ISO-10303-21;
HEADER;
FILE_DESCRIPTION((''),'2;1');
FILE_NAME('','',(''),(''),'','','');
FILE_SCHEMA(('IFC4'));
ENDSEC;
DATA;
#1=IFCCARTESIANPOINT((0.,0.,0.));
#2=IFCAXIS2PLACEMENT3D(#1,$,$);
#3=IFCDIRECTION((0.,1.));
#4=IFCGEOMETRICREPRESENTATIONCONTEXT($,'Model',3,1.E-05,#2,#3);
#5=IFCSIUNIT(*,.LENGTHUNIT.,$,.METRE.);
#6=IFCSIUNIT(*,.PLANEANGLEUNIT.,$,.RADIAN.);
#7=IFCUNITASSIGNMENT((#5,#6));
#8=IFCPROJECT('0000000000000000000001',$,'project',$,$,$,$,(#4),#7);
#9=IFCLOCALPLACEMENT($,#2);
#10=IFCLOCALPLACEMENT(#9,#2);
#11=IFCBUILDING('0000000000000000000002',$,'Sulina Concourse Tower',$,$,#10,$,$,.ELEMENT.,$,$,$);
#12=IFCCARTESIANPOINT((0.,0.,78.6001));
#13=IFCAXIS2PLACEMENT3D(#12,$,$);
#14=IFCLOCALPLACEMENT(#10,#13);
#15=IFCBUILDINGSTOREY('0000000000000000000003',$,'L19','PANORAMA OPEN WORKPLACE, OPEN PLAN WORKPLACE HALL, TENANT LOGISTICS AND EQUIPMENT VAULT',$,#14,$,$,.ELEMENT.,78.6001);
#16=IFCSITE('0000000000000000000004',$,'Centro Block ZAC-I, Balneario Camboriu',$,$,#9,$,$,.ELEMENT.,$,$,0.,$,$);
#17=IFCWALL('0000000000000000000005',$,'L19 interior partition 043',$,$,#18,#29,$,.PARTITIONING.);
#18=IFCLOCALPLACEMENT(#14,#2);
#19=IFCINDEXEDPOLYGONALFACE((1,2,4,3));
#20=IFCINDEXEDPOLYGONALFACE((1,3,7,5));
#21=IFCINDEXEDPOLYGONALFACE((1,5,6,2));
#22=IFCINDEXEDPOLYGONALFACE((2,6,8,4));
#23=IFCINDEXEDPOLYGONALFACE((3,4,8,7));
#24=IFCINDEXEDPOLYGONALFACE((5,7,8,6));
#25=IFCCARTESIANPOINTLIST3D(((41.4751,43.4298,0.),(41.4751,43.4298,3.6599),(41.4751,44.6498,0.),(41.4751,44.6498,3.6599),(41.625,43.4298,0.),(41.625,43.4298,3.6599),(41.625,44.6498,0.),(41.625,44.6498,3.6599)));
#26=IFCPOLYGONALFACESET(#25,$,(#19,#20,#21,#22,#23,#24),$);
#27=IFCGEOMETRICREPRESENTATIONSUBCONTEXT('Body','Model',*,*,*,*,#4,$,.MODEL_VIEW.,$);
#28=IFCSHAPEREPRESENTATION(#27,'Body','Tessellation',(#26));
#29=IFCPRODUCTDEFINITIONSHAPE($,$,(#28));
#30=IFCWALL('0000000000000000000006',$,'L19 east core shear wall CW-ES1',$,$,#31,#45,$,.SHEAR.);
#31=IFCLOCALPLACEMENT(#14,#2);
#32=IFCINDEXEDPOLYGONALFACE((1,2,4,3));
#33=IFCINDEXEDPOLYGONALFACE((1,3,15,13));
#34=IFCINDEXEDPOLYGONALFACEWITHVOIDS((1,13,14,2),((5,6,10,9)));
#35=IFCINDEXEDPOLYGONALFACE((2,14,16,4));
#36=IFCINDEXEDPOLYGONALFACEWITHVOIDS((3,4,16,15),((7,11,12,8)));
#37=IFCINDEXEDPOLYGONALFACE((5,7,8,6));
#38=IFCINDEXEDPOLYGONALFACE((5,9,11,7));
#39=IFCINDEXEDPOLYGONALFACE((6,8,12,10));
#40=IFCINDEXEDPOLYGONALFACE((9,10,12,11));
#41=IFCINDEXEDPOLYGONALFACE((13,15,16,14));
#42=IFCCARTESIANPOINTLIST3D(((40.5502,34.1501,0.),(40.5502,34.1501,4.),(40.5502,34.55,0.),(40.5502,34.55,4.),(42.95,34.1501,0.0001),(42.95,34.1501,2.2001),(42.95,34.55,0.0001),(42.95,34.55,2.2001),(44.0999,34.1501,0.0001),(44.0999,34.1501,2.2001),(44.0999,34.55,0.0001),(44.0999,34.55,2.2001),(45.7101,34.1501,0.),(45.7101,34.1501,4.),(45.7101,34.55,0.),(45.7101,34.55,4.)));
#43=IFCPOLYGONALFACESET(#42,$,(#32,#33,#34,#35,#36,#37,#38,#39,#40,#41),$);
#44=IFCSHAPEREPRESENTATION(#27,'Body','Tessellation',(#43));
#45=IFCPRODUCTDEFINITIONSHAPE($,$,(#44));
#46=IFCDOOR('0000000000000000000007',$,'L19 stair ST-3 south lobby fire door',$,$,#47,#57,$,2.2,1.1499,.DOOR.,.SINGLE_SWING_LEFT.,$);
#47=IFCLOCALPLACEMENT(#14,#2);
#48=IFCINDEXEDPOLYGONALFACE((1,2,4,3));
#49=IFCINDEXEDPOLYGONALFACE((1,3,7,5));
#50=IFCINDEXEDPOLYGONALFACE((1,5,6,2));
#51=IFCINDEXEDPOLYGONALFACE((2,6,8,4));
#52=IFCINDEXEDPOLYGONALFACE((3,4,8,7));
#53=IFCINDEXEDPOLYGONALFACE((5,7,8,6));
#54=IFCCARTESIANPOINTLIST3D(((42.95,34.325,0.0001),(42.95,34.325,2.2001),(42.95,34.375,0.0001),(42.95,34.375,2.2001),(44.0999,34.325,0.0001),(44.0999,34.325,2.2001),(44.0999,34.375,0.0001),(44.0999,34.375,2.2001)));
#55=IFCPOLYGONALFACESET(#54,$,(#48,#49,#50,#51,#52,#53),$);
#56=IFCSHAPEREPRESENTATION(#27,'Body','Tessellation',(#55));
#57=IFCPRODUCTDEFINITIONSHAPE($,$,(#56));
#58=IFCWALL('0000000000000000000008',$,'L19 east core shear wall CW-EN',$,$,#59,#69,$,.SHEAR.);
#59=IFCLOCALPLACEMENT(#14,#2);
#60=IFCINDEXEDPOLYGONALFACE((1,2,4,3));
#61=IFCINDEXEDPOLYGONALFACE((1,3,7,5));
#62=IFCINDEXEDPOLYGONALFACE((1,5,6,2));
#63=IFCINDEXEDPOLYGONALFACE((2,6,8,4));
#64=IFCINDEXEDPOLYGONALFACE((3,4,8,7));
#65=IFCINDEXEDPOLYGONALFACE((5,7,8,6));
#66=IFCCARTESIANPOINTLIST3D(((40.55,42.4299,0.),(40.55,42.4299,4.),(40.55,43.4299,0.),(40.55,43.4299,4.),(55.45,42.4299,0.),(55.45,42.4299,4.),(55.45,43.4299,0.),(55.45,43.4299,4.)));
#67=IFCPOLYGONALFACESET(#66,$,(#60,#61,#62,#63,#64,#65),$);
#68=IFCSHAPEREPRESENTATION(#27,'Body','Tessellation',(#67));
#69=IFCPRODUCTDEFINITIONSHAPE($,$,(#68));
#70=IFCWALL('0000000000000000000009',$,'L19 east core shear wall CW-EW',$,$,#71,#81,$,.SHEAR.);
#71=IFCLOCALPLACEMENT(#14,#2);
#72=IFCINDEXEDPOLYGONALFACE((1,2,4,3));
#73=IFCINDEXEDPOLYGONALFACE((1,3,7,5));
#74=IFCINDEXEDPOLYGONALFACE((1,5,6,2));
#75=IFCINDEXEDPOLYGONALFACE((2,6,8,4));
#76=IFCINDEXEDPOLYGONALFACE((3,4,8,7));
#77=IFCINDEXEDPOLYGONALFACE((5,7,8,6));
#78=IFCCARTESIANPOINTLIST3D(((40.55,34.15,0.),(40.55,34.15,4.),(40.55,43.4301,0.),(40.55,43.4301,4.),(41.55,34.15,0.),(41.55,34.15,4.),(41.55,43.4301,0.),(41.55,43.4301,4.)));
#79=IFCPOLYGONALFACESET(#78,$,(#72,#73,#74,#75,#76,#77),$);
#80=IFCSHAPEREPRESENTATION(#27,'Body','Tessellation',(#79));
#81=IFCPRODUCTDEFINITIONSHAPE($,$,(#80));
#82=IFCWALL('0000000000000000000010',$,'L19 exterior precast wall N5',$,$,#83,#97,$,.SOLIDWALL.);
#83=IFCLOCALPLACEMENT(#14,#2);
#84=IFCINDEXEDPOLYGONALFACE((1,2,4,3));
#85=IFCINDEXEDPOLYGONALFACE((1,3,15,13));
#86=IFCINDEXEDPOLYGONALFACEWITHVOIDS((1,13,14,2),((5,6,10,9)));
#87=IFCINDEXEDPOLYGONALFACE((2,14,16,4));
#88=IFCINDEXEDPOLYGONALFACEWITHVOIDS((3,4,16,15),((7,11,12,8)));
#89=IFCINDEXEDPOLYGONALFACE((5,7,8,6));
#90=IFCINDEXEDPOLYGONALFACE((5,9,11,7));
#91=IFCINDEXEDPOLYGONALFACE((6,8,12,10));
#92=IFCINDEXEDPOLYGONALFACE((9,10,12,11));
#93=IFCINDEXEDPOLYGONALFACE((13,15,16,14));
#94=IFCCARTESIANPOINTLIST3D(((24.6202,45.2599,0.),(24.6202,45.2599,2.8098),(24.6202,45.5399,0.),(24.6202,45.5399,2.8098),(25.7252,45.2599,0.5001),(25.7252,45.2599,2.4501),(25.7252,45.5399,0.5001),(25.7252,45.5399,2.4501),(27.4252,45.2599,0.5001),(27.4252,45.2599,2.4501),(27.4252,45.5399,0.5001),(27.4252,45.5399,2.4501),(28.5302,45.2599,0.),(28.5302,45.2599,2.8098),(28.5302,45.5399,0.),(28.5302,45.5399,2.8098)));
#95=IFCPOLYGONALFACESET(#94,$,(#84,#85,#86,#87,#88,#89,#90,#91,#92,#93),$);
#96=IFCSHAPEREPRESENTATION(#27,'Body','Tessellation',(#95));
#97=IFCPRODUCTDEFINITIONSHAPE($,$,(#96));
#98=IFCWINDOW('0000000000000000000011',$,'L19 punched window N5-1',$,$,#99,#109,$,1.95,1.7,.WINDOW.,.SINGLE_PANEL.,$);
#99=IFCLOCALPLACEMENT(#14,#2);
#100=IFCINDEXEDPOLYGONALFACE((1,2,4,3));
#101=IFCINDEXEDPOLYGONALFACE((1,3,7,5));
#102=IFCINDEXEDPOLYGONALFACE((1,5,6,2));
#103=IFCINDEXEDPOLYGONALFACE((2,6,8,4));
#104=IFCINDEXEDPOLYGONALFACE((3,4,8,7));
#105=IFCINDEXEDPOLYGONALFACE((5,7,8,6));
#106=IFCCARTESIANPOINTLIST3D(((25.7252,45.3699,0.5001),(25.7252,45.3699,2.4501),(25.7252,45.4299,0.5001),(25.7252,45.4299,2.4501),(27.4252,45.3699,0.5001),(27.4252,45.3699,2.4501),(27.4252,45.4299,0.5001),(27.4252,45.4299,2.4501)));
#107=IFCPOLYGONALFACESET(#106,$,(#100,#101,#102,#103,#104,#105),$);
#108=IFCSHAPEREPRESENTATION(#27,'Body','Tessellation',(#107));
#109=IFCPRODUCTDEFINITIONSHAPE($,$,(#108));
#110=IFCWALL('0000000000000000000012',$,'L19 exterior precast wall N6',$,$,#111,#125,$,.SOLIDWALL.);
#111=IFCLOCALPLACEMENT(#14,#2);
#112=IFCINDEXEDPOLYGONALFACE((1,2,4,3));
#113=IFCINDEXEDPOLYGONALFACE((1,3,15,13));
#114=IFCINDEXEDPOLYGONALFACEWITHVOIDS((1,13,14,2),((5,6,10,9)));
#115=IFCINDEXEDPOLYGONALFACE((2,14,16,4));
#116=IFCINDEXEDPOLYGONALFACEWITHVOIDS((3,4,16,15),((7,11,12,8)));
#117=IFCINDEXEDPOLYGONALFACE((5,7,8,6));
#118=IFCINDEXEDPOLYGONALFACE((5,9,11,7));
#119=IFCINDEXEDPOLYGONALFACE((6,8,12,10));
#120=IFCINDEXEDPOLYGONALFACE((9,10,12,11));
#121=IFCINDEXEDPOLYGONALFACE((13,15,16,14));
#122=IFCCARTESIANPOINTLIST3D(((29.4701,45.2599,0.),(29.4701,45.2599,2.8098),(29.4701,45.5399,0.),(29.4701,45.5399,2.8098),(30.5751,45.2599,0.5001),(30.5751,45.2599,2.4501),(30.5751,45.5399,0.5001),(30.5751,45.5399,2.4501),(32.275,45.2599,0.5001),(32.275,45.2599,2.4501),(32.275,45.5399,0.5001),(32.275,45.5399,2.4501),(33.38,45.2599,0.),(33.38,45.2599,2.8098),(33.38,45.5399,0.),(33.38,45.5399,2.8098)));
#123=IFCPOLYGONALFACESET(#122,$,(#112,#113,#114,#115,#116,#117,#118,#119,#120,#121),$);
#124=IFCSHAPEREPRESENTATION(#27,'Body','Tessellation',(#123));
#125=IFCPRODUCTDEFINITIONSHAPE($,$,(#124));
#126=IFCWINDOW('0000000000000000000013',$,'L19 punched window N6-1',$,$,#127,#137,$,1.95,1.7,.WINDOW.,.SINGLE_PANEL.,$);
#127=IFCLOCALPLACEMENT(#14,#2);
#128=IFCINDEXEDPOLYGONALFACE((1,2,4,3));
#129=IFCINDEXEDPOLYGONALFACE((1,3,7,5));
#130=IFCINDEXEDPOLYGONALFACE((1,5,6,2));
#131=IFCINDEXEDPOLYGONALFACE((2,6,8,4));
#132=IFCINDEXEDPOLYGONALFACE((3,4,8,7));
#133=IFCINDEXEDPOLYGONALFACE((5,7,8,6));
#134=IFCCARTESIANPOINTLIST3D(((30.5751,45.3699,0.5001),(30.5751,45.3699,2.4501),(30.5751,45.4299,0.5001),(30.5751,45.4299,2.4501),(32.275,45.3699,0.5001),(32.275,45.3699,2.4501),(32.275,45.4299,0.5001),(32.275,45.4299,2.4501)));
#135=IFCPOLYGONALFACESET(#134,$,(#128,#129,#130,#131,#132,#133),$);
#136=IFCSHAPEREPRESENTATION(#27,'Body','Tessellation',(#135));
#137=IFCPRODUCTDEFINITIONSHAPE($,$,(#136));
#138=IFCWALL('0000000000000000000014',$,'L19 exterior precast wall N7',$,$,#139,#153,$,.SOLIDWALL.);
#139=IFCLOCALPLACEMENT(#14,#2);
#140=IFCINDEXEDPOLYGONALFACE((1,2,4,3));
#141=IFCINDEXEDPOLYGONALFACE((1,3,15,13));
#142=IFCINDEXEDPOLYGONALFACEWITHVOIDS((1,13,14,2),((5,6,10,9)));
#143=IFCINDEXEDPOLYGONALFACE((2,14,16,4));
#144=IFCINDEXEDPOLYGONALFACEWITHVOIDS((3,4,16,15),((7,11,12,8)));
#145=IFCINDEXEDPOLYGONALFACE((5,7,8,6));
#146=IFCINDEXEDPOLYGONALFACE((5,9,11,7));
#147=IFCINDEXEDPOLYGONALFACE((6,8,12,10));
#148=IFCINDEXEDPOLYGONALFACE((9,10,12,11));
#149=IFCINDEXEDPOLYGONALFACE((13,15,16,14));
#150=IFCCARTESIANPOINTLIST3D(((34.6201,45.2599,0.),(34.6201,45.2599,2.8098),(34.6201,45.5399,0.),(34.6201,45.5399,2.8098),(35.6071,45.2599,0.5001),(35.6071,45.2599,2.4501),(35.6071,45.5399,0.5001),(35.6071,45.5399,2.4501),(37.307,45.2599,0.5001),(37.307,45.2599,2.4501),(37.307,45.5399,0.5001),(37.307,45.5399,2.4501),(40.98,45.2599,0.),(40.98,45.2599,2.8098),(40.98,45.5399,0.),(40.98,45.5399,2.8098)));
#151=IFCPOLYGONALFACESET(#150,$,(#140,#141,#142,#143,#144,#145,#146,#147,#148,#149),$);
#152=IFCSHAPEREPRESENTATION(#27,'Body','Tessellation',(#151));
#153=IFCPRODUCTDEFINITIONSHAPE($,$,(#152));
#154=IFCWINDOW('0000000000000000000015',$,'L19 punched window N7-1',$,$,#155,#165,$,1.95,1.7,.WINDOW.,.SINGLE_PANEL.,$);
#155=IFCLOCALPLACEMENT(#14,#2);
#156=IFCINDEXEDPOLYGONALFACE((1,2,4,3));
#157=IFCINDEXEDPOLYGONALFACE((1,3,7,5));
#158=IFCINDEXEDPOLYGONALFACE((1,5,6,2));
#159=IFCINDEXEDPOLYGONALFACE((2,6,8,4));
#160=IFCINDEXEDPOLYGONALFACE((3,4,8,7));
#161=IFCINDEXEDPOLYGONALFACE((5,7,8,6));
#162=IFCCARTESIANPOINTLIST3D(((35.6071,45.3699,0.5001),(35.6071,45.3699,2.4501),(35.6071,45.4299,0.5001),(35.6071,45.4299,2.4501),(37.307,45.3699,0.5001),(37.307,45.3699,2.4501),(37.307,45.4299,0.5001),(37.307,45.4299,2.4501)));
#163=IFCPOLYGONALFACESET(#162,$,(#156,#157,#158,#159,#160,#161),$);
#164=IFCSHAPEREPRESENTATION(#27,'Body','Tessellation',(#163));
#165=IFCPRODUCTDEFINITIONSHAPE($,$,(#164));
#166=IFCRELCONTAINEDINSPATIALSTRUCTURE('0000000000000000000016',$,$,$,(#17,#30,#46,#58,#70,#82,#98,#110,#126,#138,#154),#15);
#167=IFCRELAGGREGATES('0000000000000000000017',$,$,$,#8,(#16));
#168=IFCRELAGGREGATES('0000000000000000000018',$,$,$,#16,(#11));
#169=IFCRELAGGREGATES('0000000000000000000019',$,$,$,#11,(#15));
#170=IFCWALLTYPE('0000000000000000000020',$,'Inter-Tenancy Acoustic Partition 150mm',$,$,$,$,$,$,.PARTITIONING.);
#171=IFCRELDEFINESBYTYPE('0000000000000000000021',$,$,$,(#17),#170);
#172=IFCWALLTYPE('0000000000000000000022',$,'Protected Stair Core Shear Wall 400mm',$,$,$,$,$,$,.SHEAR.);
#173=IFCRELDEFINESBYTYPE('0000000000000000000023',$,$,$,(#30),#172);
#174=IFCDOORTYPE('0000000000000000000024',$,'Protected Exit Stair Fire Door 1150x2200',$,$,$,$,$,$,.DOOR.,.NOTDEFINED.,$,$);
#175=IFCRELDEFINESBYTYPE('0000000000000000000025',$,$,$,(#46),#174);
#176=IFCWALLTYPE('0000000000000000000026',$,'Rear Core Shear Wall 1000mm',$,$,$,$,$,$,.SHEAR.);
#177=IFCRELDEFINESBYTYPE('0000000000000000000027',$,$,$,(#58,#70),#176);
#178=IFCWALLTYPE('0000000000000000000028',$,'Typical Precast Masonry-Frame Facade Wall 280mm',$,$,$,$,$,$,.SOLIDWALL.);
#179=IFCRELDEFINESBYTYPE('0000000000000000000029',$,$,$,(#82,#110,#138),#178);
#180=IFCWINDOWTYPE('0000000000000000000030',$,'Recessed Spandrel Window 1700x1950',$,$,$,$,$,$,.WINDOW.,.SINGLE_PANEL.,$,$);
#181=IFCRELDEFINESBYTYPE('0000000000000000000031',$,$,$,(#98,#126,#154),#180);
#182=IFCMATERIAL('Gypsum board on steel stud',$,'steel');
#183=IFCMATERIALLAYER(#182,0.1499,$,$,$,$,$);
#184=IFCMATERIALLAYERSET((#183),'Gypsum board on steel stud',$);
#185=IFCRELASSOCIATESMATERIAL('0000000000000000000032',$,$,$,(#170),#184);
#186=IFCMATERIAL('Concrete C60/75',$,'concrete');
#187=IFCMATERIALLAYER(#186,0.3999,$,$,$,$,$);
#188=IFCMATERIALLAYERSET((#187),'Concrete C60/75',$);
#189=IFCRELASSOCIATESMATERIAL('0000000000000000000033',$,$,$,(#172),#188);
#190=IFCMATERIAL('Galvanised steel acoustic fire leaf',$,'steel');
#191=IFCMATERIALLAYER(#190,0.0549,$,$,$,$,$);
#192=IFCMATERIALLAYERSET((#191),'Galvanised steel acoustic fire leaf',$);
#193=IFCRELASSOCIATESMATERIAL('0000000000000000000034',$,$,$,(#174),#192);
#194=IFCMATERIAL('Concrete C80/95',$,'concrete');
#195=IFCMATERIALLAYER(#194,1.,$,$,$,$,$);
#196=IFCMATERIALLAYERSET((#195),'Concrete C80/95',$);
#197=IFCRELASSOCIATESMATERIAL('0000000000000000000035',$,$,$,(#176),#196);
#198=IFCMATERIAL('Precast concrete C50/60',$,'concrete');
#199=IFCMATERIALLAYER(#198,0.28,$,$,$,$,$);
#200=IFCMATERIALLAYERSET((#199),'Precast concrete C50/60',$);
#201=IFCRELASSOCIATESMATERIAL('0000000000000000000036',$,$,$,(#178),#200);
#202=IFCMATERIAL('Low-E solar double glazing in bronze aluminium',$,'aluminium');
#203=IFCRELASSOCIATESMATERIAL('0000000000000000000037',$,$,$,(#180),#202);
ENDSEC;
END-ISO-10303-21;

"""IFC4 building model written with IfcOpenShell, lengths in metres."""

from ifc_helpers import new_model, si_unit, direction, frame, frame_2d, origin, place, context, subcontext, project, spatial, rectangle, extrude, material, layer, layer_set, type_object, element, fill, save


model = new_model("IFC4")

# Units and contexts
model_context = context("Model", 3, precision=1e-05, world=origin(), true_north=direction((0.0, 1.0)))
body_context = subcontext(model_context, "Body", "Model", "MODEL_VIEW")
ifc_project = project(units=[si_unit("LENGTHUNIT", "METRE"), si_unit("PLANEANGLEUNIT", "RADIAN")], contexts=[model_context])

# Site, building, storey
site_placement = place(None, origin())
site = spatial("IfcSite", under=ifc_project, at=site_placement, Name="Centro Block ZAC-I, Balneario Camboriu", CompositionType="ELEMENT", RefElevation=0.0)
building_placement = place(site_placement, origin())
building = spatial("IfcBuilding", under=site, at=building_placement, Name="Sulina Concourse Tower", CompositionType="ELEMENT")
storey_placement = place(building_placement, frame((0.0, 0.0, 78.6001)))
storey = spatial("IfcBuildingStorey", under=building, at=storey_placement, Name="L19", Description="PANORAMA OPEN WORKPLACE, OPEN PLAN WORKPLACE HALL, TENANT LOGISTICS AND EQUIPMENT VAULT", CompositionType="ELEMENT", Elevation=78.6001)

# Wall
ifc_material_1 = material(Name="Gypsum board on steel stud", Category="steel")
ifc_layer_1 = layer(ifc_material_1, 0.1499)
ifc_layer_set_1 = layer_set([ifc_layer_1], Name="Gypsum board on steel stud")
wall_type_1 = type_object("IfcWallType", Name="Inter-Tenancy Acoustic Partition 150mm", PredefinedType="PARTITIONING", material=ifc_layer_set_1)
wall_1_placement = place(storey_placement, frame((41.55, 43.4299, 0.0), z_axis=(0.0, 0.0, 1.0), x_axis=(0.0, 1.0, 0.0)))
element("IfcWall", 1, at=wall_1_placement, inside=storey, type_object=wall_type_1, Name="L19 interior partition 043", PredefinedType="PARTITIONING", context=body_context, shape_type="SweptSolid", body=[
    extrude(rectangle(XDim=1.22, YDim=0.1499, at=frame_2d((0.6099, 0.0))), origin(), (0.0, 0.0, 1.0), 3.6599),
])

# Wall, opening, door
ifc_material_2 = material(Name="Concrete C60/75", Category="concrete")
ifc_layer_2 = layer(ifc_material_2, 0.3999)
ifc_layer_set_2 = layer_set([ifc_layer_2], Name="Concrete C60/75")
wall_type_2 = type_object("IfcWallType", Name="Protected Stair Core Shear Wall 400mm", PredefinedType="SHEAR", material=ifc_layer_set_2)
wall_2_placement = place(storey_placement, frame((40.55, 34.3501, 0.0), z_axis=(0.0, 0.0, 1.0), x_axis=(1.0, 0.0, 0.0)))
wall_2 = element("IfcWall", 2, at=wall_2_placement, inside=storey, type_object=wall_type_2, Name="L19 east core shear wall CW-ES1", PredefinedType="SHEAR", context=body_context, shape_type="SweptSolid", body=[
    extrude(rectangle(XDim=5.1599, YDim=0.3999, at=frame_2d((2.5801, 0.0))), origin(), (0.0, 0.0, 1.0), 4.0),
])
opening_1_placement = place(wall_2_placement, frame((2.3999, 0.0, 0.0)))
opening_1 = element("IfcOpeningElement", 3, at=opening_1_placement, cuts=wall_2, PredefinedType="OPENING", context=body_context, shape_type="SweptSolid", body=[
    extrude(rectangle(XDim=1.1499, YDim=2.2, at=frame_2d((0.575, 1.1001))), frame((0.0, 0.21, 0.0), z_axis=(0.0, -1.0, 0.0), x_axis=(1.0, 0.0, 0.0)), (0.0, 0.0, 1.0), 0.4199),
])
ifc_material_3 = material(Name="Galvanised steel acoustic fire leaf", Category="steel")
ifc_layer_3 = layer(ifc_material_3, 0.0549)
ifc_layer_set_3 = layer_set([ifc_layer_3], Name="Galvanised steel acoustic fire leaf")
door_type = type_object("IfcDoorType", Name="Protected Exit Stair Fire Door 1150x2200", OperationType="NOTDEFINED", PredefinedType="DOOR", material=ifc_layer_set_3)
door_placement = place(opening_1_placement, origin())
door = element("IfcDoor", 4, at=door_placement, inside=storey, type_object=door_type, Name="L19 stair ST-3 south lobby fire door", OperationType="SINGLE_SWING_LEFT", OverallHeight=2.2, OverallWidth=1.1499, PredefinedType="DOOR", context=body_context, shape_type="SweptSolid", body=[
    extrude(rectangle(XDim=1.1499, YDim=2.2, at=frame_2d((0.575, 1.1001))), frame((0.0, 0.0249, 0.0), z_axis=(0.0, -1.0, 0.0), x_axis=(1.0, 0.0, 0.0)), (0.0, 0.0, 1.0), 0.05),
])
fill(opening_1, door)

# Walls
ifc_material_4 = material(Name="Concrete C80/95", Category="concrete")
ifc_layer_4 = layer(ifc_material_4, 1.0)
ifc_layer_set_4 = layer_set([ifc_layer_4], Name="Concrete C80/95")
wall_type_3 = type_object("IfcWallType", Name="Rear Core Shear Wall 1000mm", PredefinedType="SHEAR", material=ifc_layer_set_4)
wall_3_placement = place(storey_placement, frame((40.55, 42.9299, 0.0), z_axis=(0.0, 0.0, 1.0), x_axis=(1.0, 0.0, 0.0)))
element("IfcWall", 5, at=wall_3_placement, inside=storey, type_object=wall_type_3, Name="L19 east core shear wall CW-EN", PredefinedType="SHEAR", context=body_context, shape_type="SweptSolid", body=[
    extrude(rectangle(XDim=14.8999, YDim=1.0, at=frame_2d((7.45, 0.0))), origin(), (0.0, 0.0, 1.0), 4.0),
])
wall_4_placement = place(storey_placement, frame((41.05, 34.1499, 0.0), z_axis=(0.0, 0.0, 1.0), x_axis=(0.0, 1.0, 0.0)))
element("IfcWall", 6, at=wall_4_placement, inside=storey, type_object=wall_type_3, Name="L19 east core shear wall CW-EW", PredefinedType="SHEAR", context=body_context, shape_type="SweptSolid", body=[
    extrude(rectangle(XDim=9.28, YDim=1.0, at=frame_2d((4.6401, 0.0))), origin(), (0.0, 0.0, 1.0), 4.0),
])

# Walls, openings, windows
ifc_material_5 = material(Name="Precast concrete C50/60", Category="concrete")
ifc_layer_5 = layer(ifc_material_5, 0.28)
ifc_layer_set_5 = layer_set([ifc_layer_5], Name="Precast concrete C50/60")
wall_type_4 = type_object("IfcWallType", Name="Typical Precast Masonry-Frame Facade Wall 280mm", PredefinedType="SOLIDWALL", material=ifc_layer_set_5)
wall_5_placement = place(storey_placement, frame((24.6201, 45.3999, 0.0), z_axis=(0.0, 0.0, 1.0), x_axis=(1.0, 0.0, 0.0)))
wall_5 = element("IfcWall", 7, at=wall_5_placement, inside=storey, type_object=wall_type_4, Name="L19 exterior precast wall N5", PredefinedType="SOLIDWALL", context=body_context, shape_type="SweptSolid", body=[
    extrude(rectangle(XDim=3.9099, YDim=0.28, at=frame_2d((1.9551, 0.0))), origin(), (0.0, 0.0, 1.0), 2.8098),
])
opening_2_placement = place(wall_5_placement, frame((1.105, 0.0, 0.5)))
opening_2 = element("IfcOpeningElement", 8, at=opening_2_placement, cuts=wall_5, PredefinedType="OPENING", context=body_context, shape_type="SweptSolid", body=[
    extrude(rectangle(XDim=1.7, YDim=1.95, at=frame_2d((0.8501, 0.9751))), frame((0.0, 0.1499, 0.0), z_axis=(0.0, -1.0, 0.0), x_axis=(1.0, 0.0, 0.0)), (0.0, 0.0, 1.0), 0.3),
])
ifc_material_6 = material(Name="Low-E solar double glazing in bronze aluminium", Category="aluminium")
window_type = type_object("IfcWindowType", Name="Recessed Spandrel Window 1700x1950", PartitioningType="SINGLE_PANEL", PredefinedType="WINDOW", material=ifc_material_6)
window_1_placement = place(opening_2_placement, origin())
window_1 = element("IfcWindow", 9, at=window_1_placement, inside=storey, type_object=window_type, Name="L19 punched window N5-1", OverallHeight=1.95, OverallWidth=1.7, PartitioningType="SINGLE_PANEL", PredefinedType="WINDOW", context=body_context, shape_type="SweptSolid", body=[
    extrude(rectangle(XDim=1.7, YDim=1.95, at=frame_2d((0.8501, 0.9751))), frame((0.0, 0.03, 0.0), z_axis=(0.0, -1.0, 0.0), x_axis=(1.0, 0.0, 0.0)), (0.0, 0.0, 1.0), 0.0601),
])
fill(opening_2, window_1)
wall_6_placement = place(storey_placement, frame((29.47, 45.3999, 0.0), z_axis=(0.0, 0.0, 1.0), x_axis=(1.0, 0.0, 0.0)))
wall_6 = element("IfcWall", 10, at=wall_6_placement, inside=storey, type_object=wall_type_4, Name="L19 exterior precast wall N6", PredefinedType="SOLIDWALL", context=body_context, shape_type="SweptSolid", body=[
    extrude(rectangle(XDim=3.9099, YDim=0.28, at=frame_2d((1.9551, 0.0))), origin(), (0.0, 0.0, 1.0), 2.8098),
])
opening_3_placement = place(wall_6_placement, frame((1.105, 0.0, 0.5)))
opening_3 = element("IfcOpeningElement", 11, at=opening_3_placement, cuts=wall_6, PredefinedType="OPENING", context=body_context, shape_type="SweptSolid", body=[
    extrude(rectangle(XDim=1.7, YDim=1.95, at=frame_2d((0.8501, 0.9751))), frame((0.0, 0.1499, 0.0), z_axis=(0.0, -1.0, 0.0), x_axis=(1.0, 0.0, 0.0)), (0.0, 0.0, 1.0), 0.3),
])
window_2_placement = place(opening_3_placement, origin())
window_2 = element("IfcWindow", 12, at=window_2_placement, inside=storey, type_object=window_type, Name="L19 punched window N6-1", OverallHeight=1.95, OverallWidth=1.7, PartitioningType="SINGLE_PANEL", PredefinedType="WINDOW", context=body_context, shape_type="SweptSolid", body=[
    extrude(rectangle(XDim=1.7, YDim=1.95, at=frame_2d((0.8501, 0.9751))), frame((0.0, 0.03, 0.0), z_axis=(0.0, -1.0, 0.0), x_axis=(1.0, 0.0, 0.0)), (0.0, 0.0, 1.0), 0.0601),
])
fill(opening_3, window_2)
wall_7_placement = place(storey_placement, frame((34.6201, 45.3999, 0.0), z_axis=(0.0, 0.0, 1.0), x_axis=(1.0, 0.0, 0.0)))
wall_7 = element("IfcWall", 13, at=wall_7_placement, inside=storey, type_object=wall_type_4, Name="L19 exterior precast wall N7", PredefinedType="SOLIDWALL", context=body_context, shape_type="SweptSolid", body=[
    extrude(rectangle(XDim=6.3599, YDim=0.28, at=frame_2d((3.1799, 0.0))), origin(), (0.0, 0.0, 1.0), 2.8098),
])
opening_4_placement = place(wall_7_placement, frame((0.9868, 0.0, 0.5)))
opening_4 = element("IfcOpeningElement", 14, at=opening_4_placement, cuts=wall_7, PredefinedType="OPENING", context=body_context, shape_type="SweptSolid", body=[
    extrude(rectangle(XDim=1.7, YDim=1.95, at=frame_2d((0.8501, 0.9751))), frame((0.0, 0.1499, 0.0), z_axis=(0.0, -1.0, 0.0), x_axis=(1.0, 0.0, 0.0)), (0.0, 0.0, 1.0), 0.3),
])
window_3_placement = place(opening_4_placement, origin())
window_3 = element("IfcWindow", 15, at=window_3_placement, inside=storey, type_object=window_type, Name="L19 punched window N7-1", OverallHeight=1.95, OverallWidth=1.7, PartitioningType="SINGLE_PANEL", PredefinedType="WINDOW", context=body_context, shape_type="SweptSolid", body=[
    extrude(rectangle(XDim=1.7, YDim=1.95, at=frame_2d((0.8501, 0.9751))), frame((0.0, 0.03, 0.0), z_axis=(0.0, -1.0, 0.0), x_axis=(1.0, 0.0, 0.0)), (0.0, 0.0, 1.0), 0.0601),
])
fill(opening_4, window_3)

save(model, "model.ifc")
